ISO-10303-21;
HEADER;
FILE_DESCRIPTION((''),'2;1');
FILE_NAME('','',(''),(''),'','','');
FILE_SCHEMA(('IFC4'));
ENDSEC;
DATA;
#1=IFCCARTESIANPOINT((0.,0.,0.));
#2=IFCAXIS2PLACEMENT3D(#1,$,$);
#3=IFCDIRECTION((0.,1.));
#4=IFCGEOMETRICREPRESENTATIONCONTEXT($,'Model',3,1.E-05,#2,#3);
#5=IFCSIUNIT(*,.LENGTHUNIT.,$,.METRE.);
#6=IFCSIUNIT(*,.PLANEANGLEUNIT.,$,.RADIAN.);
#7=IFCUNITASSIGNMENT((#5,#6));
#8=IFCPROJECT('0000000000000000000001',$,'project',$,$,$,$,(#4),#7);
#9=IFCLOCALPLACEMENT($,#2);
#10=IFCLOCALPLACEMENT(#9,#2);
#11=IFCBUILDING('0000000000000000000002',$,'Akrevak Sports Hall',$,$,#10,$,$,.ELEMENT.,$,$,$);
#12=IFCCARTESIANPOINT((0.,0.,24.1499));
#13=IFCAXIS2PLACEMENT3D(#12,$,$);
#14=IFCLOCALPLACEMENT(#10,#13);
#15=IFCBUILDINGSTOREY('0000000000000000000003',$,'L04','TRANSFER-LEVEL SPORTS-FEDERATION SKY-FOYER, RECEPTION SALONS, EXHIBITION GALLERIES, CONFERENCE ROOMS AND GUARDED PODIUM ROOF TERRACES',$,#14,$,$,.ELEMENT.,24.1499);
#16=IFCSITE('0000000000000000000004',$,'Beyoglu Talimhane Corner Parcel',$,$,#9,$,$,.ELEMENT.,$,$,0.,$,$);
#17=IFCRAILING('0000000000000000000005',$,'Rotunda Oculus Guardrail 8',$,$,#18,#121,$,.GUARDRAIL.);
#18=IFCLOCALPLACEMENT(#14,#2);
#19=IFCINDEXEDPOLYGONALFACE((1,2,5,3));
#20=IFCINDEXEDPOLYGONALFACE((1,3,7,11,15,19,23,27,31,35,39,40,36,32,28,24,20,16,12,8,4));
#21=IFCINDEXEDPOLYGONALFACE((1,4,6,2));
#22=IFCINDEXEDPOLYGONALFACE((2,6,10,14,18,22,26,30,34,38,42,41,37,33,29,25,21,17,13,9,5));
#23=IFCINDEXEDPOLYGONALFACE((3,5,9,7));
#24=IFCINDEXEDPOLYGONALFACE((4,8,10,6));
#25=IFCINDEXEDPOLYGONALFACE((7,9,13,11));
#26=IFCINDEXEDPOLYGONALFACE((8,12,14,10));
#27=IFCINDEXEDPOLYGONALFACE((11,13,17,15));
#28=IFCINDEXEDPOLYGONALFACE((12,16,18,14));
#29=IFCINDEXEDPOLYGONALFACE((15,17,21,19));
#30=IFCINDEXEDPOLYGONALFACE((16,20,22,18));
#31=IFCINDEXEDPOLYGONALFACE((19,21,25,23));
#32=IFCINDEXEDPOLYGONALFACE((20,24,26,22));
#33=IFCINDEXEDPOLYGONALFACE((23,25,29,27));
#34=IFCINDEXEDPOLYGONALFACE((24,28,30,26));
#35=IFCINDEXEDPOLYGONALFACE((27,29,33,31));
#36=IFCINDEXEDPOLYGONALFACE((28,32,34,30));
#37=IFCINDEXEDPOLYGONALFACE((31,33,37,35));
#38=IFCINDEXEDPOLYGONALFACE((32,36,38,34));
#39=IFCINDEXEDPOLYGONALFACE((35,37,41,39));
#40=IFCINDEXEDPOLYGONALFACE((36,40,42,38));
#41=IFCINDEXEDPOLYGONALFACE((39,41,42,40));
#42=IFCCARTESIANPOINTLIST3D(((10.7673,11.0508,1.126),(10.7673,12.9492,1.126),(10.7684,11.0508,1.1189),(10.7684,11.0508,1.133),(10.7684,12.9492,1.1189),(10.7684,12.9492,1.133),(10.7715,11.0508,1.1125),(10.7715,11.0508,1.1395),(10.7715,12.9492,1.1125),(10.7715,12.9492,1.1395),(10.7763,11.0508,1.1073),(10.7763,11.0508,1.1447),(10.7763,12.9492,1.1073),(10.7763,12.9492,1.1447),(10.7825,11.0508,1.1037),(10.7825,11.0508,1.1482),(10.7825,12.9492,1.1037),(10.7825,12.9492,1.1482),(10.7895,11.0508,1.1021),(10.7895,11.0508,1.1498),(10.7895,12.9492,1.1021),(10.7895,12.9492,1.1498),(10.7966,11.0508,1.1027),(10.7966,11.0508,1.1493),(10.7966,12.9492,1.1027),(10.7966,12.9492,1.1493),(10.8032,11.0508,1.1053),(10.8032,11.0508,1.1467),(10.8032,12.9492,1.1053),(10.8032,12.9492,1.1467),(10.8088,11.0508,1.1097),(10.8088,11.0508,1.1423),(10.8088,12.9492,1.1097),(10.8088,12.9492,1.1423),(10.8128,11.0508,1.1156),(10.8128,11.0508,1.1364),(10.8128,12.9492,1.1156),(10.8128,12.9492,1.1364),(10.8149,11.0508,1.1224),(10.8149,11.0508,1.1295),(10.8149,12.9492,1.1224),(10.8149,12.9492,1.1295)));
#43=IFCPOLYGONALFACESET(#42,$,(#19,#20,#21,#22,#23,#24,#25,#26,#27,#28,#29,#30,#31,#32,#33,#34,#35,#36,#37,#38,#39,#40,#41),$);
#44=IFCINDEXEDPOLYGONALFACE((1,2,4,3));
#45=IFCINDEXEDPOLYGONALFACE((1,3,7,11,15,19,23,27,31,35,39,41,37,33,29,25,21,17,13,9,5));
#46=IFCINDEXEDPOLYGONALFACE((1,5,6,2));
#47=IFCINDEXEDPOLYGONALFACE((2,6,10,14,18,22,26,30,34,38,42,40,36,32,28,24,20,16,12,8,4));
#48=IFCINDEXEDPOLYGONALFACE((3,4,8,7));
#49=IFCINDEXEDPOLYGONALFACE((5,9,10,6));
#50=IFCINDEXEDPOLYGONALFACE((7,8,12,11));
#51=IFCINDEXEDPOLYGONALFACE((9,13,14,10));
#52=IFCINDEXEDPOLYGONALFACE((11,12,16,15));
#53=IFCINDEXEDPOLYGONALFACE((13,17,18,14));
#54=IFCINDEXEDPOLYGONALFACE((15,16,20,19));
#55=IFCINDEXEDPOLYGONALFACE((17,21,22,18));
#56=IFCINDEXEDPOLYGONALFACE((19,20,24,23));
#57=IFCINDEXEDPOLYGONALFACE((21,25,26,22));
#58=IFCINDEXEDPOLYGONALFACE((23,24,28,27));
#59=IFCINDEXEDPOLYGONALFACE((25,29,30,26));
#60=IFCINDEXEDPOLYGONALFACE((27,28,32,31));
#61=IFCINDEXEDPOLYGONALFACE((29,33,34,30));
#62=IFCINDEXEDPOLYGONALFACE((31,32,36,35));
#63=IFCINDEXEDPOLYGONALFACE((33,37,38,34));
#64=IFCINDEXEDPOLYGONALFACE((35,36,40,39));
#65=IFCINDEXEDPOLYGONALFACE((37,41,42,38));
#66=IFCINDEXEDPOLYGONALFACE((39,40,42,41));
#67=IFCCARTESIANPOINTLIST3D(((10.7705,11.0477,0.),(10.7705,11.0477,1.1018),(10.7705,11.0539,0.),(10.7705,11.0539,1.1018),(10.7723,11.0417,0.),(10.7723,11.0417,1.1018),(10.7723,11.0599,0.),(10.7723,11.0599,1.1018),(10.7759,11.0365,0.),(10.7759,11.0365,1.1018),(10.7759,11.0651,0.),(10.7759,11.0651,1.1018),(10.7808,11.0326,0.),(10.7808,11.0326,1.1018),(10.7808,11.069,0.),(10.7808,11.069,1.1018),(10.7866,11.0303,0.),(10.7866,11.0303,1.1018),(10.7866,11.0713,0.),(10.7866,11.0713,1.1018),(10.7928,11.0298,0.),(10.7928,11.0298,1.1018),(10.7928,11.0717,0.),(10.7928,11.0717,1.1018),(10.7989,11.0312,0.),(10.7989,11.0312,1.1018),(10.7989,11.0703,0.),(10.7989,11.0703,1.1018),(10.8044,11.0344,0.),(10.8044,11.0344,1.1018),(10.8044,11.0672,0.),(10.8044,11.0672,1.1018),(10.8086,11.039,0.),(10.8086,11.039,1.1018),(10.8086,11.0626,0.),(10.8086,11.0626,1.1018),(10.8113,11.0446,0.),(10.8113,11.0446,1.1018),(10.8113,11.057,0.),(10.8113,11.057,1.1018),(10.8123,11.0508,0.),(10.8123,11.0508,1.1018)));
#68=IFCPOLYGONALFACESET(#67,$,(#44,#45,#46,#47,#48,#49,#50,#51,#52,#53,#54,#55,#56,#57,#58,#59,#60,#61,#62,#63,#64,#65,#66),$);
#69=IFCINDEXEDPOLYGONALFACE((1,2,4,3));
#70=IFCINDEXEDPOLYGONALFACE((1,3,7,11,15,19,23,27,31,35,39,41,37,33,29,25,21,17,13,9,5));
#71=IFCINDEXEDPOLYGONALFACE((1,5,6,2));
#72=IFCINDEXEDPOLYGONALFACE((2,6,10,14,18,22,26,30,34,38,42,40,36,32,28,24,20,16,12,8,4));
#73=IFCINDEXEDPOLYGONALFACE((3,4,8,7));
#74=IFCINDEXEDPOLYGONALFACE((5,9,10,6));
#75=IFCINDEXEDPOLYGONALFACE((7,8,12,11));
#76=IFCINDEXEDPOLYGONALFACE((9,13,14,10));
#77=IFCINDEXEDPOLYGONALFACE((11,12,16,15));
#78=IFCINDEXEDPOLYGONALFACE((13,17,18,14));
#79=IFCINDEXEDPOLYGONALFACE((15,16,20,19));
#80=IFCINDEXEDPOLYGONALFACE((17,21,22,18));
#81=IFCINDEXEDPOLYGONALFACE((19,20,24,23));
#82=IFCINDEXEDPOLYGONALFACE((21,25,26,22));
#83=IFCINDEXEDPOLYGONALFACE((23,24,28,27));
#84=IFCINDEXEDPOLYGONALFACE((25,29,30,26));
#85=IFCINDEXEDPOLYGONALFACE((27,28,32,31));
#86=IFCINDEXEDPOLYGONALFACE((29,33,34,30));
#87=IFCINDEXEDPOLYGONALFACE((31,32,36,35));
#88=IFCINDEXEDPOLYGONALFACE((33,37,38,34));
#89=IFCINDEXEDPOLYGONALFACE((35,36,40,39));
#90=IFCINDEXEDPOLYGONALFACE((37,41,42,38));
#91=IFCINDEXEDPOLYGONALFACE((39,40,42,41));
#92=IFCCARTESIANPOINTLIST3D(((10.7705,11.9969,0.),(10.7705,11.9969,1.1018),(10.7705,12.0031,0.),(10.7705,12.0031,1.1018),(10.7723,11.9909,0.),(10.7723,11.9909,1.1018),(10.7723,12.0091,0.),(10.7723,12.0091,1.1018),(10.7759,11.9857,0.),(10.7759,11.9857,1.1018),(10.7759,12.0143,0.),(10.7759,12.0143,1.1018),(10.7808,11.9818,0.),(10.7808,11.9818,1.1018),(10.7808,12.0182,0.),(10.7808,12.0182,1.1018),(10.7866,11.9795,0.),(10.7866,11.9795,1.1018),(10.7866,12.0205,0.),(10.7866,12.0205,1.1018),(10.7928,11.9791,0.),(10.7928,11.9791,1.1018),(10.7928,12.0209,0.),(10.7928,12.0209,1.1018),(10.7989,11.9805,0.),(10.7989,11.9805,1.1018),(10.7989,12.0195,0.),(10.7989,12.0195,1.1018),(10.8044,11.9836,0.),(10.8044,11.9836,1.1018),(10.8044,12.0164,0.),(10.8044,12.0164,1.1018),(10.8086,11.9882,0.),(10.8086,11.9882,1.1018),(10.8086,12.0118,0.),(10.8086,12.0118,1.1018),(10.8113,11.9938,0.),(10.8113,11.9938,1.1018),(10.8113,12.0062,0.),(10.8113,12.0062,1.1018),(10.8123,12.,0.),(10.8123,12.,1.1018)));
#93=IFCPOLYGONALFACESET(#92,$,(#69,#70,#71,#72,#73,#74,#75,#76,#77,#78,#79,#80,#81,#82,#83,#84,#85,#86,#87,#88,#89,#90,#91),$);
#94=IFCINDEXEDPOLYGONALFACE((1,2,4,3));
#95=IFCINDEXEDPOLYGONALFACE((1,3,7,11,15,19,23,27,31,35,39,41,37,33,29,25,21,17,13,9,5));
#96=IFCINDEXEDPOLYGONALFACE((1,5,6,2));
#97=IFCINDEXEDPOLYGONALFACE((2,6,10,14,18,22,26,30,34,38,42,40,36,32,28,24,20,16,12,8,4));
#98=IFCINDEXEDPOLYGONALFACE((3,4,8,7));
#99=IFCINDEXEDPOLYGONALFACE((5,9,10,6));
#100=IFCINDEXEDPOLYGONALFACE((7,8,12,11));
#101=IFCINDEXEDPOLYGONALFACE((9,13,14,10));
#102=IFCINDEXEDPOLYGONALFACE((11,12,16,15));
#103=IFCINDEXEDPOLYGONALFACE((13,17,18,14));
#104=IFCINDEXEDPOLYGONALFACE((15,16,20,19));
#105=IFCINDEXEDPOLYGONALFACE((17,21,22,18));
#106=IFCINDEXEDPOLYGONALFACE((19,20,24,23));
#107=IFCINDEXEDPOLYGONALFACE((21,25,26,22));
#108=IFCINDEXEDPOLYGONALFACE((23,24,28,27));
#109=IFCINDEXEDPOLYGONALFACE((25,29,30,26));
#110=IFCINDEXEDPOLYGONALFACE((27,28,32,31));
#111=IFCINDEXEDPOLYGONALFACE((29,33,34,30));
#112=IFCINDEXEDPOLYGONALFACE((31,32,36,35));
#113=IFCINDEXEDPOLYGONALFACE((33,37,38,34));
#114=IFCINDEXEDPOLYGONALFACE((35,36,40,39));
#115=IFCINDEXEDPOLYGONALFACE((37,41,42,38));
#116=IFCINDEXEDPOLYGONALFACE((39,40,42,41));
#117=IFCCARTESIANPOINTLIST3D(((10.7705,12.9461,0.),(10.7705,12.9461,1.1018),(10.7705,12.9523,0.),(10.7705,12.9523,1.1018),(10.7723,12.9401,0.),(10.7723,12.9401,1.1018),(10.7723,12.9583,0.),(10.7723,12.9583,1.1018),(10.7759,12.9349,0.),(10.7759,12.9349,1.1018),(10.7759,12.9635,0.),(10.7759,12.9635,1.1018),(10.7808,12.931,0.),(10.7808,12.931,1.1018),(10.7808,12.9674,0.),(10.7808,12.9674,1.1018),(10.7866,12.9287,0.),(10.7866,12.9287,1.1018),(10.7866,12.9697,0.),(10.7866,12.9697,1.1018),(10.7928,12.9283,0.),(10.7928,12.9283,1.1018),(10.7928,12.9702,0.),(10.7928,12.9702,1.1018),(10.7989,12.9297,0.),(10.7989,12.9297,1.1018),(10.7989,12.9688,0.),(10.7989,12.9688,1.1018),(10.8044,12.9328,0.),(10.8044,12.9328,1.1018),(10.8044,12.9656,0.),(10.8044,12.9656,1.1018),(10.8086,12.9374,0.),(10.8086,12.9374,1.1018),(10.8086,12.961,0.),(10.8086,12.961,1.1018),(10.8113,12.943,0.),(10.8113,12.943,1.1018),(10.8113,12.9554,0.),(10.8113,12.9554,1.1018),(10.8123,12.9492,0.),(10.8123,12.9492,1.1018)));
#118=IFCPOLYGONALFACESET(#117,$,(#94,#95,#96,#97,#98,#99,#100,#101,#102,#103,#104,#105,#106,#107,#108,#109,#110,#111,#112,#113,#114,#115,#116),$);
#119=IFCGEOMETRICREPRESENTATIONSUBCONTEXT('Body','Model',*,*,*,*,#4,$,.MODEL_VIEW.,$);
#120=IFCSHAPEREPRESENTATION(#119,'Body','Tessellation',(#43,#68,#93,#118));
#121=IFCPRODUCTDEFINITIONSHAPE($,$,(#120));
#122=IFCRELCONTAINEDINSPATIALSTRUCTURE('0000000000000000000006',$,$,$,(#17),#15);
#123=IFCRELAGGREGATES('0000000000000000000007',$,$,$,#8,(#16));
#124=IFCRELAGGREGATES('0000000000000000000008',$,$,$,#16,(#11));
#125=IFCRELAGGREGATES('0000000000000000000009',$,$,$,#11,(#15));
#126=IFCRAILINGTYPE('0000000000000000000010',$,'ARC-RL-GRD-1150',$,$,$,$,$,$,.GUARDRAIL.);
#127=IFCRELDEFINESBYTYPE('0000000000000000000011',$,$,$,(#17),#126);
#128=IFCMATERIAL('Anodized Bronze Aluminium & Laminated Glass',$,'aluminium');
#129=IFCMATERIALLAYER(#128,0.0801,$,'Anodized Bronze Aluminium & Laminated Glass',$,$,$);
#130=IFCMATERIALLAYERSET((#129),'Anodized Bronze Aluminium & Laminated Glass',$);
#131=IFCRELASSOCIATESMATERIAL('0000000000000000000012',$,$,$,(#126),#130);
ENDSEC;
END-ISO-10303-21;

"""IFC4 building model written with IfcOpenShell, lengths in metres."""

from ifc_helpers import new_model, si_unit, direction, frame, origin, origin_2d, place, context, subcontext, project, spatial, circle, extrude, material, layer, layer_set, type_object, element, save


model = new_model("IFC4")

# Units and contexts
model_context = context("Model", 3, precision=1e-05, world=origin(), true_north=direction((0.0, 1.0)))
body_context = subcontext(model_context, "Body", "Model", "MODEL_VIEW")
ifc_project = project(units=[si_unit("LENGTHUNIT", "METRE"), si_unit("PLANEANGLEUNIT", "RADIAN")], contexts=[model_context])

# Site, building, storey
site_placement = place(None, origin())
site = spatial("IfcSite", under=ifc_project, at=site_placement, Name="Beyoglu Talimhane Corner Parcel", CompositionType="ELEMENT", RefElevation=0.0)
building_placement = place(site_placement, origin())
building = spatial("IfcBuilding", under=site, at=building_placement, Name="Akrevak Sports Hall", CompositionType="ELEMENT")
storey_placement = place(building_placement, frame((0.0, 0.0, 24.1499)))
storey = spatial("IfcBuildingStorey", under=building, at=storey_placement, Name="L04", Description="TRANSFER-LEVEL SPORTS-FEDERATION SKY-FOYER, RECEPTION SALONS, EXHIBITION GALLERIES, CONFERENCE ROOMS AND GUARDED PODIUM ROOF TERRACES", CompositionType="ELEMENT", Elevation=24.1499)

# Railing
ifc_material_1 = material(Name="Anodized Bronze Aluminium & Laminated Glass", Category="aluminium")
ifc_layer_1 = layer(ifc_material_1, 0.0801, Name="Anodized Bronze Aluminium & Laminated Glass")
ifc_layer_set_1 = layer_set([ifc_layer_1], Name="Anodized Bronze Aluminium & Laminated Glass")
railing_type = type_object("IfcRailingType", Name="ARC-RL-GRD-1150", PredefinedType="GUARDRAIL", material=ifc_layer_set_1)
railing_1_placement = place(storey_placement, frame((10.7913, 11.0508, 0.0)))
element("IfcRailing", 1, at=railing_1_placement, inside=storey, type_object=railing_type, Name="Rotunda Oculus Guardrail 8", PredefinedType="GUARDRAIL", context=body_context, shape_type="SweptSolid", body=[
    extrude(circle(Radius=0.0239, at=origin_2d()), frame((0.0, 0.0, 1.126), z_axis=(0.0, 1.0, 0.0), x_axis=(-1.0, 0.0, 0.0)), (0.0, 0.0, 1.0), 1.8984),
    extrude(circle(Radius=0.021, at=origin_2d()), origin(), (0.0, 0.0, 1.0), 1.1018),
    extrude(circle(Radius=0.021, at=origin_2d()), frame((0.0, 0.9492, 0.0)), (0.0, 0.0, 1.0), 1.1018),
    extrude(circle(Radius=0.021, at=origin_2d()), frame((0.0, 1.8984, 0.0)), (0.0, 0.0, 1.0), 1.1018),
])

save(model, "model.ifc")
